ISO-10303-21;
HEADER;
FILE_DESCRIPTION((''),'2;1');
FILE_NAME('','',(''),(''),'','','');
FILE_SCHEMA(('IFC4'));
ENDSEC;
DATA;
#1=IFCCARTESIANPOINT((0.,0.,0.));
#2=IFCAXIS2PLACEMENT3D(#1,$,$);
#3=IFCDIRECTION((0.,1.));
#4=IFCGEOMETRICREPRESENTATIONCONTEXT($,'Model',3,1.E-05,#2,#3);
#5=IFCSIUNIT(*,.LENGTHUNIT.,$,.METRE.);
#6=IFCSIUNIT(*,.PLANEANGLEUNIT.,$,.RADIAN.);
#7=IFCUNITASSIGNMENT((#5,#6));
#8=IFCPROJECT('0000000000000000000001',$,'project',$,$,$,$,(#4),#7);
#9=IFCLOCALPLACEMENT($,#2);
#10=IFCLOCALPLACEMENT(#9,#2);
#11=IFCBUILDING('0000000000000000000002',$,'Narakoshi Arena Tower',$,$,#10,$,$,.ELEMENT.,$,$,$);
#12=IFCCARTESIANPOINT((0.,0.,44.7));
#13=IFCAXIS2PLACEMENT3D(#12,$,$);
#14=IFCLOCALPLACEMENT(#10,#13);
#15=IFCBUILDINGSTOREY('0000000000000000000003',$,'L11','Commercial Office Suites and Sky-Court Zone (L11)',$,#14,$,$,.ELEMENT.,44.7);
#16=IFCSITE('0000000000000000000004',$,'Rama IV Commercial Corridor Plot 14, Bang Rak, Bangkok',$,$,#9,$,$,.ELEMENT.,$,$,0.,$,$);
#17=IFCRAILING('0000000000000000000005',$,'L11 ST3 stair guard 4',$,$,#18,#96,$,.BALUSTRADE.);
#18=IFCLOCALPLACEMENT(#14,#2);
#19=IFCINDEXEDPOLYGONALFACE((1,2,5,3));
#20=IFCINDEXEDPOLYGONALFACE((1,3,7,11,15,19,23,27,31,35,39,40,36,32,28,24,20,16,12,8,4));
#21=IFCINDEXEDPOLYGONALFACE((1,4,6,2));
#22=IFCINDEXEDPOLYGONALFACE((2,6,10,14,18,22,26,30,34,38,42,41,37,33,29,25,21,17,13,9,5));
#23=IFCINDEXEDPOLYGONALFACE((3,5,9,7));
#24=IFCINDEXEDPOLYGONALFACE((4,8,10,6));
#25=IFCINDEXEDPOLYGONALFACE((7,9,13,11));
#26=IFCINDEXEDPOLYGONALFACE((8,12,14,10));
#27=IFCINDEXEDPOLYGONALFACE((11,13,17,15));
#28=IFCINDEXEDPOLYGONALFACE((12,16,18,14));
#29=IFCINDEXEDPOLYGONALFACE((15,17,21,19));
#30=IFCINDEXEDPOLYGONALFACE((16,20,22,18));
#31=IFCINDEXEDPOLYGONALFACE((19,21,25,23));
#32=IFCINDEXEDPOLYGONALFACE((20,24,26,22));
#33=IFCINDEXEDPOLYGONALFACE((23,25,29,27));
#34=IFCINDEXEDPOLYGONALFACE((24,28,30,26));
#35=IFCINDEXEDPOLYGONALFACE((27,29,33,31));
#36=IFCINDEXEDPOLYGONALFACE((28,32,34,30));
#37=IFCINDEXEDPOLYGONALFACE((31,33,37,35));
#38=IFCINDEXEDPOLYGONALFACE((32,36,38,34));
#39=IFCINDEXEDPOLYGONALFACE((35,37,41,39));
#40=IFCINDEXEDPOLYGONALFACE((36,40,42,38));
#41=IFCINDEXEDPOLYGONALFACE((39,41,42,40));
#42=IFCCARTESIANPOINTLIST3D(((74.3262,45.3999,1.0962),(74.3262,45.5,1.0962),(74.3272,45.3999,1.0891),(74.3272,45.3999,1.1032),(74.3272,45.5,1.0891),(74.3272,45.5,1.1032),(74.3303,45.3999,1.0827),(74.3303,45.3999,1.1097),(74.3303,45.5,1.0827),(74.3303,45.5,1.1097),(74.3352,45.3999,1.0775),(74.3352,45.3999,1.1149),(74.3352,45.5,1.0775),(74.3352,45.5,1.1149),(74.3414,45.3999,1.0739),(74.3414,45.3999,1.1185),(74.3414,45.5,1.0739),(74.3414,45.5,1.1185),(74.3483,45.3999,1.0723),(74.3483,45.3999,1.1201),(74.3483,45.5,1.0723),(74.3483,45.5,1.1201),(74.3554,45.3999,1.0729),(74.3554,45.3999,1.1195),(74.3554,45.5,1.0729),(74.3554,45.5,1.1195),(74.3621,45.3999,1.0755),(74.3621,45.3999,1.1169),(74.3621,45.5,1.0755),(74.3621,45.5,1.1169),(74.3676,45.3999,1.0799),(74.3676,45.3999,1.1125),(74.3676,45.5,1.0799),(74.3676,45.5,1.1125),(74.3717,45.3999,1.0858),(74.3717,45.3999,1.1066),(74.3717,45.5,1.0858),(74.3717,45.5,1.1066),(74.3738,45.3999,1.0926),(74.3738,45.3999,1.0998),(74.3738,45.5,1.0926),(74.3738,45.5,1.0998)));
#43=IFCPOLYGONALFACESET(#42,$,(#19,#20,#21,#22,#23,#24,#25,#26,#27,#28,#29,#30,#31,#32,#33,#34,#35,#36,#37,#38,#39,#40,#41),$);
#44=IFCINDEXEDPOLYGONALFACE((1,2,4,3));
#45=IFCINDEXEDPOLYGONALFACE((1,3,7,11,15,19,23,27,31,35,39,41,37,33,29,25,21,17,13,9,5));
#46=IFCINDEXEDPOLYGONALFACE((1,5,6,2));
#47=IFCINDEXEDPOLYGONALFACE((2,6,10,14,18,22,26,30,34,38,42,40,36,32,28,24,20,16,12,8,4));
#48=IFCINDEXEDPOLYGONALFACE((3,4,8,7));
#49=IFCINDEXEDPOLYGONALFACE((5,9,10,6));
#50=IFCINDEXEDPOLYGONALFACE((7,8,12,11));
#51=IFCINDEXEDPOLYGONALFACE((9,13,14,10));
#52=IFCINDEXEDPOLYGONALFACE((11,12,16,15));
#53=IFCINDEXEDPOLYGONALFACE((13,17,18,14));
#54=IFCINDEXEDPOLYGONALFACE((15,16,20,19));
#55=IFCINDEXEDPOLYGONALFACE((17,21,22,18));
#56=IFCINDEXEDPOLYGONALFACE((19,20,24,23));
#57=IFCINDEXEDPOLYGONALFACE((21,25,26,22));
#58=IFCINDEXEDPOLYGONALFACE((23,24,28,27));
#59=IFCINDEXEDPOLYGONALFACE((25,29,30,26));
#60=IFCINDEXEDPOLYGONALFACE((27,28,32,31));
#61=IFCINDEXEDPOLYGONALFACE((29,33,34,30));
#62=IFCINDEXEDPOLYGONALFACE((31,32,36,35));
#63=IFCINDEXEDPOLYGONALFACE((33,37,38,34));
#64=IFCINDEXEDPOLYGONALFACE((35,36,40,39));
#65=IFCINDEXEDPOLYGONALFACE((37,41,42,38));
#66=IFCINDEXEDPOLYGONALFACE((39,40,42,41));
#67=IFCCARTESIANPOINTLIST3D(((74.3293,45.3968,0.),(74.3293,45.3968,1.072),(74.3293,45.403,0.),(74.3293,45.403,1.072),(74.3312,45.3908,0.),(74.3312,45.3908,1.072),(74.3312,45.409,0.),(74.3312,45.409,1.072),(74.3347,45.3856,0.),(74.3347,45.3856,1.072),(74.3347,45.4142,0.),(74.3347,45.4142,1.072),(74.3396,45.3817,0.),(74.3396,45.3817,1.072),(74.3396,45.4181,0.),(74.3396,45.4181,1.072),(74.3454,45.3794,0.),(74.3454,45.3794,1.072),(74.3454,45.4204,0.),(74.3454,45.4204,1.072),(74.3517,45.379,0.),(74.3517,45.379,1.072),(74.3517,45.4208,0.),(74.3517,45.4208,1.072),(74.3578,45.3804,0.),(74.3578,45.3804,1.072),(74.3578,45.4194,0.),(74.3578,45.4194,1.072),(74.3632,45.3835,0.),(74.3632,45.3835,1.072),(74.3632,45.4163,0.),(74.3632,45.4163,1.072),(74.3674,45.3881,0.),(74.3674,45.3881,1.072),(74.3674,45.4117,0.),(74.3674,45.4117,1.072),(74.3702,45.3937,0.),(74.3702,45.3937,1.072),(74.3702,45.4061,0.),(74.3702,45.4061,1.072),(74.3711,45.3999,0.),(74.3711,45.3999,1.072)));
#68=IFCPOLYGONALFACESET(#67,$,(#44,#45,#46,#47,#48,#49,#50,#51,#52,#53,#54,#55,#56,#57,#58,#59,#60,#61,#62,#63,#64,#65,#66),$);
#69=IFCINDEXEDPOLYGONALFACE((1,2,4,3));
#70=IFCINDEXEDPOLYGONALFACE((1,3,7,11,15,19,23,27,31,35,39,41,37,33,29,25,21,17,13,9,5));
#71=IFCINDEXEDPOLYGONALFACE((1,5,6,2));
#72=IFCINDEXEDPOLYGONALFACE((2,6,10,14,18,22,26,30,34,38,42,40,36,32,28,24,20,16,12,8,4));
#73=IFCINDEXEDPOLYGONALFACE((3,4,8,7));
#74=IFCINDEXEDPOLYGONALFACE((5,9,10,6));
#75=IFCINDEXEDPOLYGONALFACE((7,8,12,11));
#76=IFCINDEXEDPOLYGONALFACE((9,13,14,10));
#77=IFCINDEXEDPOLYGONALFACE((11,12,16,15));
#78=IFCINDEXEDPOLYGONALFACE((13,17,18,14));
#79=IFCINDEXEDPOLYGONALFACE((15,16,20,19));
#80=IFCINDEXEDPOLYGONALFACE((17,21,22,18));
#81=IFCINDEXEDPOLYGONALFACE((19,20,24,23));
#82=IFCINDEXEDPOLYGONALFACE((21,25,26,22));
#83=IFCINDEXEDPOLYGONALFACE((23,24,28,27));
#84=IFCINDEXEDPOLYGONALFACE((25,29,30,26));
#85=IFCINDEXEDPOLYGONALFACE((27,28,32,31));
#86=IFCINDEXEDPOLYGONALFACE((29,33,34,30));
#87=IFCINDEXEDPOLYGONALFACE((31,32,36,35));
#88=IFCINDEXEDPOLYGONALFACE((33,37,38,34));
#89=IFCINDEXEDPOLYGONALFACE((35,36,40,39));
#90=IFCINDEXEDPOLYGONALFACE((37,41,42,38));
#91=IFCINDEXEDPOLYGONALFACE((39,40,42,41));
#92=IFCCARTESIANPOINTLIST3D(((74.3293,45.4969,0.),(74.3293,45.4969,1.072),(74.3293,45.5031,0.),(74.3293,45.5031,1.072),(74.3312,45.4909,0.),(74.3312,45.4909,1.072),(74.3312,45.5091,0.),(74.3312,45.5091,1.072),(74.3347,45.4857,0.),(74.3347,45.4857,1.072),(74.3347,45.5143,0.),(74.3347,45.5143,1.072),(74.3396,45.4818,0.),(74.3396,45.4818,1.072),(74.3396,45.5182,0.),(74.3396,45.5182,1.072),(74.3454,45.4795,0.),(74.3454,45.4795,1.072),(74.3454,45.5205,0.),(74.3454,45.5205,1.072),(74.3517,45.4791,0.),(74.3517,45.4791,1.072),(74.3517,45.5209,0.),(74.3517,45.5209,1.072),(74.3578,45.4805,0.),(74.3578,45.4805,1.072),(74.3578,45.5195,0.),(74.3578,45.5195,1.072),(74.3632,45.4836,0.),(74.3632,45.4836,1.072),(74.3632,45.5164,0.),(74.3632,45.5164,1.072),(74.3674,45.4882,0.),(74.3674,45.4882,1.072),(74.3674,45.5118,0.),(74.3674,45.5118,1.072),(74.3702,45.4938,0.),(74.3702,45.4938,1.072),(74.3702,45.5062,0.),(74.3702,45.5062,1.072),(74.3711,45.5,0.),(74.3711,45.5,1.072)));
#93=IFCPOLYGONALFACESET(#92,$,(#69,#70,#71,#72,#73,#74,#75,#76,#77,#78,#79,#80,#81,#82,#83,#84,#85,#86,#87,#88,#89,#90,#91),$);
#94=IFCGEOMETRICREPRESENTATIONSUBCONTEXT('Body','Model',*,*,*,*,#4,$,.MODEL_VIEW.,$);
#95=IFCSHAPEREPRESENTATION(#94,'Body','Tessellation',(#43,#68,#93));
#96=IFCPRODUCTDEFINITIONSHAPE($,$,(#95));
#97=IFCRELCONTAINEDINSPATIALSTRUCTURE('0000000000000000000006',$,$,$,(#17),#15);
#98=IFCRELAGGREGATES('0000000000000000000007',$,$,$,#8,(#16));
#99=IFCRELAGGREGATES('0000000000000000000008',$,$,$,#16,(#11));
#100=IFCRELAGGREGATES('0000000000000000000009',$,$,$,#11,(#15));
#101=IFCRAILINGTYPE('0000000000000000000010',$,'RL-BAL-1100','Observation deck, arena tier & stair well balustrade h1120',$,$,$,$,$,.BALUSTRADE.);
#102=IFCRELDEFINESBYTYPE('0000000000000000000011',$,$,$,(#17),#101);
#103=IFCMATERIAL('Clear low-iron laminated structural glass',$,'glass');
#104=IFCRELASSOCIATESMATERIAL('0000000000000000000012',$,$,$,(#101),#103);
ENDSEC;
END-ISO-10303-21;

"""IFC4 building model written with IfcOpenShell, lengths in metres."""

from ifc_helpers import new_model, si_unit, direction, frame, origin, origin_2d, place, context, subcontext, project, spatial, circle, extrude, material, type_object, element, save


model = new_model("IFC4")

# Units and contexts
model_context = context("Model", 3, precision=1e-05, world=origin(), true_north=direction((0.0, 1.0)))
body_context = subcontext(model_context, "Body", "Model", "MODEL_VIEW")
ifc_project = project(units=[si_unit("LENGTHUNIT", "METRE"), si_unit("PLANEANGLEUNIT", "RADIAN")], contexts=[model_context])

# Site, building, storey
site_placement = place(None, origin())
site = spatial("IfcSite", under=ifc_project, at=site_placement, Name="Rama IV Commercial Corridor Plot 14, Bang Rak, Bangkok", CompositionType="ELEMENT", RefElevation=0.0)
building_placement = place(site_placement, origin())
building = spatial("IfcBuilding", under=site, at=building_placement, Name="Narakoshi Arena Tower", CompositionType="ELEMENT")
storey_placement = place(building_placement, frame((0.0, 0.0, 44.7)))
storey = spatial("IfcBuildingStorey", under=building, at=storey_placement, Name="L11", Description="Commercial Office Suites and Sky-Court Zone (L11)", CompositionType="ELEMENT", Elevation=44.7)

# Railing
ifc_material_1 = material(Name="Clear low-iron laminated structural glass", Category="glass")
railing_type_1 = type_object("IfcRailingType", Name="RL-BAL-1100", Description="Observation deck, arena tier & stair well balustrade h1120", PredefinedType="BALUSTRADE", material=ifc_material_1)
railing_1_placement = place(storey_placement, frame((74.3501, 45.3999, 0.0)))
element("IfcRailing", 1, at=railing_1_placement, inside=storey, type_object=railing_type_1, Name="L11 ST3 stair guard 4", PredefinedType="BALUSTRADE", context=body_context, shape_type="SweptSolid", body=[
    extrude(circle(Radius=0.0239, at=origin_2d()), frame((0.0, 0.0, 1.0962), z_axis=(0.0, 1.0, 0.0), x_axis=(-1.0, 0.0, 0.0)), (0.0, 0.0, 1.0), 0.1001),
    extrude(circle(Radius=0.021, at=origin_2d()), origin(), (0.0, 0.0, 1.0), 1.072),
    extrude(circle(Radius=0.021, at=origin_2d()), frame((0.0, 0.1001, 0.0)), (0.0, 0.0, 1.0), 1.072),
])

save(model, "model.ifc")
